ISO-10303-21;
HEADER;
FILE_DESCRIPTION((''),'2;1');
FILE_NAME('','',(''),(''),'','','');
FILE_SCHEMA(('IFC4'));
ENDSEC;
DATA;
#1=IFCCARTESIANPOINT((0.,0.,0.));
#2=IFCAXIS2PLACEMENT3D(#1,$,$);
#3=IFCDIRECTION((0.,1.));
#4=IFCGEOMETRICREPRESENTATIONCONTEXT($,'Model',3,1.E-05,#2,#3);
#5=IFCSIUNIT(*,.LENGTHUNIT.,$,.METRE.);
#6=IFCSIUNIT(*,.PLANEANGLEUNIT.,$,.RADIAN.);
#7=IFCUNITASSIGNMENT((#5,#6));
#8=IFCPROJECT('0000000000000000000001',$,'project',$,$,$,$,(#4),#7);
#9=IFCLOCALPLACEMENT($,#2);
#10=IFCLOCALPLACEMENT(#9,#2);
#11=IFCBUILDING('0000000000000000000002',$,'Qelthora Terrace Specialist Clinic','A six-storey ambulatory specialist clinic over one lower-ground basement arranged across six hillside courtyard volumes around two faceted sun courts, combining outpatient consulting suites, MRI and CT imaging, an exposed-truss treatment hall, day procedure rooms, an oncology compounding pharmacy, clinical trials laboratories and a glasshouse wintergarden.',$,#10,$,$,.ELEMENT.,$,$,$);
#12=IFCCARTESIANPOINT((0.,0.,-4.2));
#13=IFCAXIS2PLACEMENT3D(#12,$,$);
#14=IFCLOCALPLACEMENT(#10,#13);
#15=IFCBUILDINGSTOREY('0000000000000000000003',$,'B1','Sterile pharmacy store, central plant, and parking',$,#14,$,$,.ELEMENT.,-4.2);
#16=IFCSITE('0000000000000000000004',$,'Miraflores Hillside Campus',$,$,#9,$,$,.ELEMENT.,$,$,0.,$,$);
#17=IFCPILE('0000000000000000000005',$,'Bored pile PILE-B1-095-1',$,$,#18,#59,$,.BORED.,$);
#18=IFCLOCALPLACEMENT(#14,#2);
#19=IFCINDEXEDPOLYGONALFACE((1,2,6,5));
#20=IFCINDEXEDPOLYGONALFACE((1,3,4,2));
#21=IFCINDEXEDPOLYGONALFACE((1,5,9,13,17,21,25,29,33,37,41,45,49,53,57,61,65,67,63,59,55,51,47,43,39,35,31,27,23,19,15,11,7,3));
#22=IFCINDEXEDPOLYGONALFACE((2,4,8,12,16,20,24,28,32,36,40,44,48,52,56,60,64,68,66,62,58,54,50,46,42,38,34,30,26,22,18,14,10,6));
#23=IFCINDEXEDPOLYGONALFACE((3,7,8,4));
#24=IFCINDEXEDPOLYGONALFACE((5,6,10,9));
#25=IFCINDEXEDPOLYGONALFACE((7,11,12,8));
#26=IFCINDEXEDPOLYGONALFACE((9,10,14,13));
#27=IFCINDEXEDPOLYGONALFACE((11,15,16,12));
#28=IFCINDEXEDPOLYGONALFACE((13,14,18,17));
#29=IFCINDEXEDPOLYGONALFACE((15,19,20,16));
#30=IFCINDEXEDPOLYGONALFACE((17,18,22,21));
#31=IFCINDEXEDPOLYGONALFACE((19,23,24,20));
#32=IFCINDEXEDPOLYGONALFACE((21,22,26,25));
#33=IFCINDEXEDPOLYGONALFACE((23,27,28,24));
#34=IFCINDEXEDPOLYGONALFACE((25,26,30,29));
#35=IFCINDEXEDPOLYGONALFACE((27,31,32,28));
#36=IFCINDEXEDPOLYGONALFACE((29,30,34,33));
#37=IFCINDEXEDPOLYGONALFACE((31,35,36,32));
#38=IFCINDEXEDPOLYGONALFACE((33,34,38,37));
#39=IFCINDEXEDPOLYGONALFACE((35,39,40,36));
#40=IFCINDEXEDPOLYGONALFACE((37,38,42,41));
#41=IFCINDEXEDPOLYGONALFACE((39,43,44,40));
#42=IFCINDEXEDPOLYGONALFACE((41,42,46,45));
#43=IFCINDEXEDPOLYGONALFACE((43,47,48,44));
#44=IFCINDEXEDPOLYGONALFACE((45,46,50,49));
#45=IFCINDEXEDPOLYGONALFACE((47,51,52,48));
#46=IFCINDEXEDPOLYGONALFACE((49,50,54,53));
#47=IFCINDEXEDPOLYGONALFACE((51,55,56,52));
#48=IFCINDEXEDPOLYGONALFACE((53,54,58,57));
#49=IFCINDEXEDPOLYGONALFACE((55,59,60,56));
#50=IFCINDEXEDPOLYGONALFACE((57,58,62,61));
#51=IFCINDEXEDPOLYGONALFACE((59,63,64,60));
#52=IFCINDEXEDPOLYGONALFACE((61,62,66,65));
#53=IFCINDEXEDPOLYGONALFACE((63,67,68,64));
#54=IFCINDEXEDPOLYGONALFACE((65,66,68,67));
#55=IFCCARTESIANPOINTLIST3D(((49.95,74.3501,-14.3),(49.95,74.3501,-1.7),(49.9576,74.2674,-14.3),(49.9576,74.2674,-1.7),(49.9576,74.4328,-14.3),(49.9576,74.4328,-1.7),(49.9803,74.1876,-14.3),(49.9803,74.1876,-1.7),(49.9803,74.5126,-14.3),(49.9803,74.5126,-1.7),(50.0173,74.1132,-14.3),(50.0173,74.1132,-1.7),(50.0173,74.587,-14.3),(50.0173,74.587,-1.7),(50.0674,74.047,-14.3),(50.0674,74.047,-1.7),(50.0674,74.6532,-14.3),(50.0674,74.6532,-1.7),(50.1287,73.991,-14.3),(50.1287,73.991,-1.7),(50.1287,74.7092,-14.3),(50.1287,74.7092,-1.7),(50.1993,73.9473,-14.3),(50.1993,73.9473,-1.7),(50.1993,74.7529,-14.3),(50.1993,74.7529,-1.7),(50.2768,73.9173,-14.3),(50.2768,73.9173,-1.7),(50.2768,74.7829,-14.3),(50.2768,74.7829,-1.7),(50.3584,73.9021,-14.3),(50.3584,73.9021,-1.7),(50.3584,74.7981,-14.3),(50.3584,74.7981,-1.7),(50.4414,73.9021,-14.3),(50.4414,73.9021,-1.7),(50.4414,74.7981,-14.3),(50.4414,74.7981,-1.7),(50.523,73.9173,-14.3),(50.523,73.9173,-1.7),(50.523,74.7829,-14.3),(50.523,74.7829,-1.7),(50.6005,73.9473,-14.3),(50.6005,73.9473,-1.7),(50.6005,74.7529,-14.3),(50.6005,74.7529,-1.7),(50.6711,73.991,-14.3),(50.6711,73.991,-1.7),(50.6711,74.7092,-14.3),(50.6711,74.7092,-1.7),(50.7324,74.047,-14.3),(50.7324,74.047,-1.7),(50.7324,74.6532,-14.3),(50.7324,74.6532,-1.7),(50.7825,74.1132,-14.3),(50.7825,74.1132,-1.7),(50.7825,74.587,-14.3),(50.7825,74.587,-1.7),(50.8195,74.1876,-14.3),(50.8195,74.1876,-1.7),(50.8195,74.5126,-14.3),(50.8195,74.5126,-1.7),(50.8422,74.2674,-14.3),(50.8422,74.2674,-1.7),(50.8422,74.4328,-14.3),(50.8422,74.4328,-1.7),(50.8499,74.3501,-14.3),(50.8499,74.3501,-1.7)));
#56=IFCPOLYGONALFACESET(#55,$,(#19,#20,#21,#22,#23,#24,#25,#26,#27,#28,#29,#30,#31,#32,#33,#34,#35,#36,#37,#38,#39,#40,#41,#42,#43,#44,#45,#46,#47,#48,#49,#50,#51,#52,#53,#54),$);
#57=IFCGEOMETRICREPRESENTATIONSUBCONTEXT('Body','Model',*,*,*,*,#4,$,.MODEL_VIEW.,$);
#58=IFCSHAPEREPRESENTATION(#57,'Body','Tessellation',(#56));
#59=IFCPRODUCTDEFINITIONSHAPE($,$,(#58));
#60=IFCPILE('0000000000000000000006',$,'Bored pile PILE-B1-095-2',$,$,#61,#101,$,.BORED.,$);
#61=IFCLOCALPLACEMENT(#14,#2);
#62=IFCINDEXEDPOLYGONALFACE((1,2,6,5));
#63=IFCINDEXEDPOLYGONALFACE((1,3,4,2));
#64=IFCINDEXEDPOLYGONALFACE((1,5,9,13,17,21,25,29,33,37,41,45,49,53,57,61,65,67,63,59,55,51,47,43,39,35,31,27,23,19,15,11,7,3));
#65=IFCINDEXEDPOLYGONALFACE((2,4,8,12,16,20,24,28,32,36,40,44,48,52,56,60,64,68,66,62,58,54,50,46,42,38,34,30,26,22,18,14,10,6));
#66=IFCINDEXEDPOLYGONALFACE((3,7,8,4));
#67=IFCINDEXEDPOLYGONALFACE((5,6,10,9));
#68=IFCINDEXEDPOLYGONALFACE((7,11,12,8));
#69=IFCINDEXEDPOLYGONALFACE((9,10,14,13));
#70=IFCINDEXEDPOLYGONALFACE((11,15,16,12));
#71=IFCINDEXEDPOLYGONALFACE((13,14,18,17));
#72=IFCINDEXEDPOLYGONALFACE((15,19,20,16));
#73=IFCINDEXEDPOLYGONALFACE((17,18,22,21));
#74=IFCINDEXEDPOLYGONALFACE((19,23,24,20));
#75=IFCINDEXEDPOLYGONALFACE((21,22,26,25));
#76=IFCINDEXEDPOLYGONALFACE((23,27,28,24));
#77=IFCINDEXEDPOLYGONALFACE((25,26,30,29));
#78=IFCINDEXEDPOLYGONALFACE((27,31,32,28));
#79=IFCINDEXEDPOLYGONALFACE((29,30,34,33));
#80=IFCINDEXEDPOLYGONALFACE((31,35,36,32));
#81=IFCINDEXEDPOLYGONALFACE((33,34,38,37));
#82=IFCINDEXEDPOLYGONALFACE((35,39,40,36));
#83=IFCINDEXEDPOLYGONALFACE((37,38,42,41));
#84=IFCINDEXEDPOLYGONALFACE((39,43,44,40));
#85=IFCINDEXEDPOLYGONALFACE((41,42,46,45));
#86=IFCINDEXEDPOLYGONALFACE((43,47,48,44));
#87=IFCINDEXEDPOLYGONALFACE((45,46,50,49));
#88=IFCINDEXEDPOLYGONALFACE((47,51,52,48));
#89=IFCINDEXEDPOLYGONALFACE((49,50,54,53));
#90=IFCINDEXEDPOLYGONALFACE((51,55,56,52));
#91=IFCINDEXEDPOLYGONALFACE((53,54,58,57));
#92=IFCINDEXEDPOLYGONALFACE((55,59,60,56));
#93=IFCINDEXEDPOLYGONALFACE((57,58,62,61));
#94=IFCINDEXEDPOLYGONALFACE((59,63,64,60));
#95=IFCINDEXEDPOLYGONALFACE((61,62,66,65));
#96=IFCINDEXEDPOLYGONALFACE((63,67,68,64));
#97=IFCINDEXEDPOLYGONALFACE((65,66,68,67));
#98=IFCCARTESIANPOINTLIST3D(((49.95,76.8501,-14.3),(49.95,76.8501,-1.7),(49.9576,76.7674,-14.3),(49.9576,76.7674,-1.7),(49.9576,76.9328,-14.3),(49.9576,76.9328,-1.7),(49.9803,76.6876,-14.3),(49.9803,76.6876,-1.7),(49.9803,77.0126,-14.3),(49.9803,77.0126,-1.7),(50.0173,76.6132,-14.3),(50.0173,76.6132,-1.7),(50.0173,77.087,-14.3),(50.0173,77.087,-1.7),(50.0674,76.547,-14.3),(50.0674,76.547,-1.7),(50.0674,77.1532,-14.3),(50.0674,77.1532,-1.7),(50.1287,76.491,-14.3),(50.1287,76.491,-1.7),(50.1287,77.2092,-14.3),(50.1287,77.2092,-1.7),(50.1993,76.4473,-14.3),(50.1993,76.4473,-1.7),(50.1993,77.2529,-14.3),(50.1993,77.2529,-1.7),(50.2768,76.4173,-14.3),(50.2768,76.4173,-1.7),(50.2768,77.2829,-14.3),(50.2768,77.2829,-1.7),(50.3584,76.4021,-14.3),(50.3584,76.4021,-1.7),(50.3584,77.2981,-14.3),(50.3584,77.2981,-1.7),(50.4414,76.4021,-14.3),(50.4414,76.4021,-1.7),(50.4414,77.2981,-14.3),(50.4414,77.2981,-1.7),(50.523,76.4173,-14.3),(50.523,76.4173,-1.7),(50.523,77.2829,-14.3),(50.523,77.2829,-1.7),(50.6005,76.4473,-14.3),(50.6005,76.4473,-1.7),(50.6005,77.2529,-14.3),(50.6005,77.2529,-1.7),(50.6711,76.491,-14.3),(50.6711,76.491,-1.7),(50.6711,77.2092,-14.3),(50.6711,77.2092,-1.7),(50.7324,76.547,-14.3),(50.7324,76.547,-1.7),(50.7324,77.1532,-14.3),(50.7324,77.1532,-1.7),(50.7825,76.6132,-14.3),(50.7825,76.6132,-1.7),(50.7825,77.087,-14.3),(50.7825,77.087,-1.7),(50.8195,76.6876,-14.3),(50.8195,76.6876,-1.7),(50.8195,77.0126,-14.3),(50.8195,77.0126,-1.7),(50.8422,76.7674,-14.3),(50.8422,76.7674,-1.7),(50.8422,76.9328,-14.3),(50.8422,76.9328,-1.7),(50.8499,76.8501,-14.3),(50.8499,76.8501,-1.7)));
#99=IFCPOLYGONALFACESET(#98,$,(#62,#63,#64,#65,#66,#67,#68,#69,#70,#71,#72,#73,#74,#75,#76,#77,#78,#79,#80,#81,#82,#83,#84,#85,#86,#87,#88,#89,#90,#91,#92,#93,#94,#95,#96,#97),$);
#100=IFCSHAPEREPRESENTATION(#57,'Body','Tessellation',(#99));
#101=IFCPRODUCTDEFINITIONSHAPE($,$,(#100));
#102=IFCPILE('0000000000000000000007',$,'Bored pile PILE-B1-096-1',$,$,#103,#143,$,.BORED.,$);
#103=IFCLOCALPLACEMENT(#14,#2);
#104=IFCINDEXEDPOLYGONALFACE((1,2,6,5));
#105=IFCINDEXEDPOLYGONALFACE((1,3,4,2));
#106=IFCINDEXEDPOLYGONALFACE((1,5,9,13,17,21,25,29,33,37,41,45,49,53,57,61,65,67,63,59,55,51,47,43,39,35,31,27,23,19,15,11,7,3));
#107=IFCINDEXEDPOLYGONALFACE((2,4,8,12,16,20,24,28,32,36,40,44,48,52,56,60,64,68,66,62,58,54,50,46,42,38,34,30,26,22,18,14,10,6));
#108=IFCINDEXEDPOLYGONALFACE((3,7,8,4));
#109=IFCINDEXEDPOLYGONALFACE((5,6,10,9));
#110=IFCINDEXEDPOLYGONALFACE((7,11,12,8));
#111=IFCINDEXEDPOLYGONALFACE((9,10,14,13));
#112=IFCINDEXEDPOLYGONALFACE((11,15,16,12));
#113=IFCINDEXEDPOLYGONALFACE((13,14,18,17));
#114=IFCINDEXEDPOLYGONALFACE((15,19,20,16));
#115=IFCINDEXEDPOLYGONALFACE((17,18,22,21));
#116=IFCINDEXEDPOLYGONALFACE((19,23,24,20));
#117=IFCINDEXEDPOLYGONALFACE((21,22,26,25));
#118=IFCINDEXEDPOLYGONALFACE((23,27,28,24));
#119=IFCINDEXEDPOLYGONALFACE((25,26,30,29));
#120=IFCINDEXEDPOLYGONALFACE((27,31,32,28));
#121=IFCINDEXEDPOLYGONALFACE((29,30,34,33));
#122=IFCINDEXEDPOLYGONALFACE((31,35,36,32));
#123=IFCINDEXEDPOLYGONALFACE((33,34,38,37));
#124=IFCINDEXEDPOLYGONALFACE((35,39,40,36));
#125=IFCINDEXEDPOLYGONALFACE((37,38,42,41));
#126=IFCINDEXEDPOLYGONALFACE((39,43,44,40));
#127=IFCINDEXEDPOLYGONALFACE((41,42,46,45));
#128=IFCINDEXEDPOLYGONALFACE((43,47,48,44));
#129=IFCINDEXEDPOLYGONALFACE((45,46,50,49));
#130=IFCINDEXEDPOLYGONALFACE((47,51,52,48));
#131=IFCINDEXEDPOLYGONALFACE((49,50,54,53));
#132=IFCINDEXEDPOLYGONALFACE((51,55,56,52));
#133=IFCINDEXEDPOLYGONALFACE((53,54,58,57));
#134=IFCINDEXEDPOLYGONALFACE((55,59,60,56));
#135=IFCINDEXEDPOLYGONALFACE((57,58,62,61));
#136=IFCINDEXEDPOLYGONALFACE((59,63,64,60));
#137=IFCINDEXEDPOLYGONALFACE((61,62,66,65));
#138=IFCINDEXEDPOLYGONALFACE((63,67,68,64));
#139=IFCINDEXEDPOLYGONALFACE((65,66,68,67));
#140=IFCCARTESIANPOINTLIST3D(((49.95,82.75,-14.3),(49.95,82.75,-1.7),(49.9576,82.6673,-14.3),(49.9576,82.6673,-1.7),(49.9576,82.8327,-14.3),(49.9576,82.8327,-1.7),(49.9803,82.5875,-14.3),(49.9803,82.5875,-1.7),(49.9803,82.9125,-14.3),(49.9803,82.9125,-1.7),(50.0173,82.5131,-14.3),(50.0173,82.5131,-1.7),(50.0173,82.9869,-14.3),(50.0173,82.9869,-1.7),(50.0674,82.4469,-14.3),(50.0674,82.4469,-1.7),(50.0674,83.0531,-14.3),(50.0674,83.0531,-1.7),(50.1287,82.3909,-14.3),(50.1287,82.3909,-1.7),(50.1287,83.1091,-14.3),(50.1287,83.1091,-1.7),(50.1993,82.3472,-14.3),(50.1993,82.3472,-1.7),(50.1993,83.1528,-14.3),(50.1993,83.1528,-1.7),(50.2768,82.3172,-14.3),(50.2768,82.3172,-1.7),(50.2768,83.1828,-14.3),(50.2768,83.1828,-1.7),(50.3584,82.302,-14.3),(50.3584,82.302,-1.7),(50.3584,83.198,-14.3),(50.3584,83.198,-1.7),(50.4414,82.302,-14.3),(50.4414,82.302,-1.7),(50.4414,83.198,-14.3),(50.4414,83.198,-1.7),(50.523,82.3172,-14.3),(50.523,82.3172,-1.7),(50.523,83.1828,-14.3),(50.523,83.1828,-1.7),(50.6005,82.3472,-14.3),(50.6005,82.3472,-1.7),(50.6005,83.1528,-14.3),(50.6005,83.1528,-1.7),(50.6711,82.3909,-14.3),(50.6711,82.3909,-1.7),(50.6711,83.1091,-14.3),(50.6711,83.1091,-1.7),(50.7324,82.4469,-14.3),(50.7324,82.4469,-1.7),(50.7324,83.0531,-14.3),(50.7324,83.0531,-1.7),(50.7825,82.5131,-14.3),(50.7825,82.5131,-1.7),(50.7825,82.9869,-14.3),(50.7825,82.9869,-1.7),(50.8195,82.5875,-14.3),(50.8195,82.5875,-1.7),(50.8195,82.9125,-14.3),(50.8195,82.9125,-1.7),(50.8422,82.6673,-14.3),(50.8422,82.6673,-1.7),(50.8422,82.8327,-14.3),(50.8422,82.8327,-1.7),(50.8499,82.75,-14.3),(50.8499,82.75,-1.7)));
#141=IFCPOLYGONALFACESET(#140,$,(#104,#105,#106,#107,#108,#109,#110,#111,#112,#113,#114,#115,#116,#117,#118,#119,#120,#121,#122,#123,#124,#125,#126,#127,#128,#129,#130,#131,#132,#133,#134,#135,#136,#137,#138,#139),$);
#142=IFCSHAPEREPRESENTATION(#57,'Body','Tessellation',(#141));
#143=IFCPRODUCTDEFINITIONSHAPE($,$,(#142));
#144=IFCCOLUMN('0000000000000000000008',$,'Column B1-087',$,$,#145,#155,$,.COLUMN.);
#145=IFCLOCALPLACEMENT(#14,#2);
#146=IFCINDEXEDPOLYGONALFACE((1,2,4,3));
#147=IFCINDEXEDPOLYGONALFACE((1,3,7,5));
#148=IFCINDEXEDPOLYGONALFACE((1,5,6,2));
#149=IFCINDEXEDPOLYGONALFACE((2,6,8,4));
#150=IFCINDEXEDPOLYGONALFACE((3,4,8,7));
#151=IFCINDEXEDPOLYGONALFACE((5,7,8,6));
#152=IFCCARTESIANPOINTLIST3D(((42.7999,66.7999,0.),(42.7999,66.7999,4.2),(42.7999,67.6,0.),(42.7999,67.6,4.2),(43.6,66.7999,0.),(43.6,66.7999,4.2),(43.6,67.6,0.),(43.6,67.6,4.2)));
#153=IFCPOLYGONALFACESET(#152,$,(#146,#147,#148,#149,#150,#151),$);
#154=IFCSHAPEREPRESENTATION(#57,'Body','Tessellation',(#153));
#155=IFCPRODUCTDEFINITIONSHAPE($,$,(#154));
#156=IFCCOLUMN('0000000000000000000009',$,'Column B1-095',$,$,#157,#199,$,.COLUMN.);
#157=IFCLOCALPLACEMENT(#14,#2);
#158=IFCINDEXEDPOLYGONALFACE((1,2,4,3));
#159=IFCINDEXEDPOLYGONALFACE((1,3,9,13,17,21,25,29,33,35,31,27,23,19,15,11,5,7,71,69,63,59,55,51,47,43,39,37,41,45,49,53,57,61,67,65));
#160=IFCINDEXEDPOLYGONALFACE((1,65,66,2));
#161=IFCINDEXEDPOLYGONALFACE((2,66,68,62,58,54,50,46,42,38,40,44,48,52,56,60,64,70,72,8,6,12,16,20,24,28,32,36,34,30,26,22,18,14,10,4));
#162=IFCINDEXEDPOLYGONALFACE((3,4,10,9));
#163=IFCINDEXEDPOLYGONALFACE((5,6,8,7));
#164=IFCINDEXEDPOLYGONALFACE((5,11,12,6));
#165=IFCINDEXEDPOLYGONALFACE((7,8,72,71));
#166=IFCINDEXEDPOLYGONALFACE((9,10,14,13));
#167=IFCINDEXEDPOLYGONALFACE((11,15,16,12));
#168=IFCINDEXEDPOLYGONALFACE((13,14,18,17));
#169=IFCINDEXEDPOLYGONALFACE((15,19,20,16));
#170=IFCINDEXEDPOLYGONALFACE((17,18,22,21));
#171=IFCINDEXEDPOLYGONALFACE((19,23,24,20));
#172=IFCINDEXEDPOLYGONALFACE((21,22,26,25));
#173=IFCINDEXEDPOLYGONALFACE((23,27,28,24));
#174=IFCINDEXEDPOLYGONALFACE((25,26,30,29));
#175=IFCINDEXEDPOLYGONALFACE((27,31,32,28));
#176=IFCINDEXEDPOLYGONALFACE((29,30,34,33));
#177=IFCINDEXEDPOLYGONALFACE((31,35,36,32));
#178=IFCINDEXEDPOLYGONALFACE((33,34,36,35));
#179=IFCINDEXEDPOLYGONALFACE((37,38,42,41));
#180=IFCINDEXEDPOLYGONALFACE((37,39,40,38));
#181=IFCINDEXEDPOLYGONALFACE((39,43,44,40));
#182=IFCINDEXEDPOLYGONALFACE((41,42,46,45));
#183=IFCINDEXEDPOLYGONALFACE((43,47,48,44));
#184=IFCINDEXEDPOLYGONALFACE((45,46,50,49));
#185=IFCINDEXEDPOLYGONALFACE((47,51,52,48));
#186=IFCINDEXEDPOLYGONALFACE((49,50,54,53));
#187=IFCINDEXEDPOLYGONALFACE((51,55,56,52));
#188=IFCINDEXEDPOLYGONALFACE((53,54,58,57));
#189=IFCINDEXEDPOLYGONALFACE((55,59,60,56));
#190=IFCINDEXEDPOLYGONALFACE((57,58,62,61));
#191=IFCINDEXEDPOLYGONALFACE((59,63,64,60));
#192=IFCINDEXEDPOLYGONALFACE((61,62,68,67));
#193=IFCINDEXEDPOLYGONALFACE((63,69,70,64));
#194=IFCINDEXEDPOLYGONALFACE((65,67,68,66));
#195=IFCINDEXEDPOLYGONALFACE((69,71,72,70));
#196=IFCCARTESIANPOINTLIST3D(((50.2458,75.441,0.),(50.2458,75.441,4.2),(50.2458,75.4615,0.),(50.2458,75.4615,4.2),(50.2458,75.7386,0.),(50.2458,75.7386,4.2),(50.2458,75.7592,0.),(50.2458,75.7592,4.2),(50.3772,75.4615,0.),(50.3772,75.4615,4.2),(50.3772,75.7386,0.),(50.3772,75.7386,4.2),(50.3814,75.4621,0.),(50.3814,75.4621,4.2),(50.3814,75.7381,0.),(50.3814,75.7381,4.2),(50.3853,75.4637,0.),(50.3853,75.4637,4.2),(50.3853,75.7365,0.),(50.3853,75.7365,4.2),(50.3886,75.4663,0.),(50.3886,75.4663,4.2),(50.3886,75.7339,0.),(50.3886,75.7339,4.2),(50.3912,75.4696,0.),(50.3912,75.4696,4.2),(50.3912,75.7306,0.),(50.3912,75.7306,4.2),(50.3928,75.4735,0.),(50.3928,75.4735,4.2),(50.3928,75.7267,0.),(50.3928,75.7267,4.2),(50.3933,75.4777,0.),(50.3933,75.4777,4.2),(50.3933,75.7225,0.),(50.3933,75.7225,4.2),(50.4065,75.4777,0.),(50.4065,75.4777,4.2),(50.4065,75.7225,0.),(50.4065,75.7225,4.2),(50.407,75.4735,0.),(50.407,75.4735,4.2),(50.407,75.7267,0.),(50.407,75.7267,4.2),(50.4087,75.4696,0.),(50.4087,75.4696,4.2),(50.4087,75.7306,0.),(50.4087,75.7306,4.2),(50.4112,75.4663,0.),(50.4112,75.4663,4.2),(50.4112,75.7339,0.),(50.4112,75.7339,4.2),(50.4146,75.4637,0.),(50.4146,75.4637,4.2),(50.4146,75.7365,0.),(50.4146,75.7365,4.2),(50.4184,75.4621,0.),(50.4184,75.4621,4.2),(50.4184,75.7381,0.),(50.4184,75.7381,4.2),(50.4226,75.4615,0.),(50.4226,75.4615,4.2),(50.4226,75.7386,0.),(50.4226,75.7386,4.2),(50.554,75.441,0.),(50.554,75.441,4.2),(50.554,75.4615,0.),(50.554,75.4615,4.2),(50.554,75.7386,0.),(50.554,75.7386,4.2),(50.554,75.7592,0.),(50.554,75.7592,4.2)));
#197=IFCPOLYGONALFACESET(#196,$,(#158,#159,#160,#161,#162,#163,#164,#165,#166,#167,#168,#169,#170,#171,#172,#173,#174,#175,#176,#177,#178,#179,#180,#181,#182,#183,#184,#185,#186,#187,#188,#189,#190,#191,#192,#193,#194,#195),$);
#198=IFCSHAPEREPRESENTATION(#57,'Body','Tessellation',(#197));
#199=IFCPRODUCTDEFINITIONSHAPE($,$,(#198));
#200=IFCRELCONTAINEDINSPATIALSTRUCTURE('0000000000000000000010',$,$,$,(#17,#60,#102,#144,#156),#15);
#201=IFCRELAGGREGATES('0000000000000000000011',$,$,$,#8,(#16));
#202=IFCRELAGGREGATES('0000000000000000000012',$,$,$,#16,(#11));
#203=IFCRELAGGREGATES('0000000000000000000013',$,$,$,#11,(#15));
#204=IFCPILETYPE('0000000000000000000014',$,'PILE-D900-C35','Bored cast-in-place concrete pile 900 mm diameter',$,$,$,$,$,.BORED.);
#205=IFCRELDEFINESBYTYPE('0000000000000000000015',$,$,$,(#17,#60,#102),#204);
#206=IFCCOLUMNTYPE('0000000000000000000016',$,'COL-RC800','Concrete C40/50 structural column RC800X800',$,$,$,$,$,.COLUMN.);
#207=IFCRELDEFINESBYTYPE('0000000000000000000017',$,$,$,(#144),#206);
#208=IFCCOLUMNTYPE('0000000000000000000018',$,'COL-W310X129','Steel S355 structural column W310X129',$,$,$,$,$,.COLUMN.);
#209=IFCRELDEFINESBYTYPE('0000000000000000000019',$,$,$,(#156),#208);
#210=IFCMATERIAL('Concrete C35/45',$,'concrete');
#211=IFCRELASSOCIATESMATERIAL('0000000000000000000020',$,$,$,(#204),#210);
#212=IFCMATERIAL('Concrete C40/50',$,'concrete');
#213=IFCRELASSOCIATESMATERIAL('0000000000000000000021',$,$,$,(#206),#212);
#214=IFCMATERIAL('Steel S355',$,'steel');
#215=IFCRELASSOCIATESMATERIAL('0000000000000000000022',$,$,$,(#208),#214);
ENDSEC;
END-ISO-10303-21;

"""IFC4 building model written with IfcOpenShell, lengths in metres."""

from ifc_helpers import new_model, si_unit, direction, frame, origin, origin_2d, place, context, subcontext, project, spatial, rectangle, circle, i_section, extrude, material, material_profile, profile_set, type_object, element, save


model = new_model("IFC4")

# Units and contexts
model_context = context("Model", 3, precision=1e-05, world=origin(), true_north=direction((0.0, 1.0)))
body_context = subcontext(model_context, "Body", "Model", "MODEL_VIEW")
ifc_project = project(units=[si_unit("LENGTHUNIT", "METRE"), si_unit("PLANEANGLEUNIT", "RADIAN")], contexts=[model_context])

# Site, building, storey
site_placement = place(None, origin())
site = spatial("IfcSite", under=ifc_project, at=site_placement, Name="Miraflores Hillside Campus", CompositionType="ELEMENT", RefElevation=0.0)
building_placement = place(site_placement, origin())
building = spatial("IfcBuilding", under=site, at=building_placement, Name="Qelthora Terrace Specialist Clinic", Description="A six-storey ambulatory specialist clinic over one lower-ground basement arranged across six hillside courtyard volumes around two faceted sun courts, combining outpatient consulting suites, MRI and CT imaging, an exposed-truss treatment hall, day procedure rooms, an oncology compounding pharmacy, clinical trials laboratories and a glasshouse wintergarden.", CompositionType="ELEMENT")
storey_placement = place(building_placement, frame((0.0, 0.0, -4.2)))
storey = spatial("IfcBuildingStorey", under=building, at=storey_placement, Name="B1", Description="Sterile pharmacy store, central plant, and parking", CompositionType="ELEMENT", Elevation=-4.2)

# Shared definitions
ifc_material_1 = material(Name="Concrete C35/45", Category="concrete")

# Piles
ifc_material_profile_1 = material_profile(ifc_material_1, circle(Radius=0.45, at=origin_2d()), Name="PILE900")
ifc_profile_set_1 = profile_set([ifc_material_profile_1], Name="Concrete C35/45")
pile_type_1 = type_object("IfcPileType", Name="PILE-D900-C35", Description="Bored cast-in-place concrete pile 900 mm diameter", PredefinedType="BORED", material=ifc_profile_set_1)
for number, where, z_axis, x_axis, name in (
    (1, (50.3999, 74.3501, -1.7), (0.0, 0.0, -1.0), (1.0, 0.0, 0.0), "Bored pile PILE-B1-095-1"),
    (2, (50.3999, 76.8501, -1.7), (0.0, 0.0, -1.0), (1.0, 0.0, 0.0), "Bored pile PILE-B1-095-2"),
    (3, (50.3999, 82.75, -1.7), (0.0, 0.0, -1.0), (1.0, 0.0, 0.0), "Bored pile PILE-B1-096-1"),
):
    element("IfcPile", number, at=place(storey_placement, frame(where, z_axis=z_axis, x_axis=x_axis)), inside=storey, type_object=pile_type_1, Name=name, PredefinedType="BORED", context=body_context, shape_type="SweptSolid", body=[
        extrude(circle(Radius=0.45, at=origin_2d()), origin(), (0.0, 0.0, 1.0), 12.6001),
    ])

# Columns
ifc_material_2 = material(Name="Concrete C40/50", Category="concrete")
ifc_material_profile_2 = material_profile(ifc_material_2, rectangle(XDim=0.8, YDim=0.8, at=origin_2d()), Name="RC800X800")
ifc_profile_set_2 = profile_set([ifc_material_profile_2], Name="Concrete C40/50")
column_type_1 = type_object("IfcColumnType", Name="COL-RC800", Description="Concrete C40/50 structural column RC800X800", PredefinedType="COLUMN", material=ifc_profile_set_2)
column_1_placement = place(storey_placement, frame((43.2, 67.2, 0.0), z_axis=(0.0, 0.0, 1.0), x_axis=(1.0, 0.0, 0.0)))
element("IfcColumn", 4, at=column_1_placement, inside=storey, type_object=column_type_1, Name="Column B1-087", PredefinedType="COLUMN", context=body_context, shape_type="SweptSolid", body=[
    extrude(rectangle(XDim=0.8, YDim=0.8, at=origin_2d()), origin(), (0.0, 0.0, 1.0), 4.2),
])
ifc_material_3 = material(Name="Steel S355", Category="steel")
ifc_material_profile_3 = material_profile(ifc_material_3, i_section(OverallWidth=0.3081, OverallDepth=0.3181, WebThickness=0.0132, FlangeThickness=0.0205, FilletRadius=0.0161, at=origin_2d()), Name="W310X129")
ifc_profile_set_3 = profile_set([ifc_material_profile_3], Name="Steel S355")
column_type_2 = type_object("IfcColumnType", Name="COL-W310X129", Description="Steel S355 structural column W310X129", PredefinedType="COLUMN", material=ifc_profile_set_3)
column_2_placement = place(storey_placement, frame((50.3999, 75.6001, 0.0), z_axis=(0.0, 0.0, 1.0), x_axis=(1.0, 0.0, 0.0)))
element("IfcColumn", 5, at=column_2_placement, inside=storey, type_object=column_type_2, Name="Column B1-095", PredefinedType="COLUMN", context=body_context, shape_type="SweptSolid", body=[
    extrude(i_section(OverallWidth=0.3081, OverallDepth=0.3181, WebThickness=0.0132, FlangeThickness=0.0205, FilletRadius=0.0161, at=origin_2d()), origin(), (0.0, 0.0, 1.0), 4.2),
])

save(model, "model.ifc")
